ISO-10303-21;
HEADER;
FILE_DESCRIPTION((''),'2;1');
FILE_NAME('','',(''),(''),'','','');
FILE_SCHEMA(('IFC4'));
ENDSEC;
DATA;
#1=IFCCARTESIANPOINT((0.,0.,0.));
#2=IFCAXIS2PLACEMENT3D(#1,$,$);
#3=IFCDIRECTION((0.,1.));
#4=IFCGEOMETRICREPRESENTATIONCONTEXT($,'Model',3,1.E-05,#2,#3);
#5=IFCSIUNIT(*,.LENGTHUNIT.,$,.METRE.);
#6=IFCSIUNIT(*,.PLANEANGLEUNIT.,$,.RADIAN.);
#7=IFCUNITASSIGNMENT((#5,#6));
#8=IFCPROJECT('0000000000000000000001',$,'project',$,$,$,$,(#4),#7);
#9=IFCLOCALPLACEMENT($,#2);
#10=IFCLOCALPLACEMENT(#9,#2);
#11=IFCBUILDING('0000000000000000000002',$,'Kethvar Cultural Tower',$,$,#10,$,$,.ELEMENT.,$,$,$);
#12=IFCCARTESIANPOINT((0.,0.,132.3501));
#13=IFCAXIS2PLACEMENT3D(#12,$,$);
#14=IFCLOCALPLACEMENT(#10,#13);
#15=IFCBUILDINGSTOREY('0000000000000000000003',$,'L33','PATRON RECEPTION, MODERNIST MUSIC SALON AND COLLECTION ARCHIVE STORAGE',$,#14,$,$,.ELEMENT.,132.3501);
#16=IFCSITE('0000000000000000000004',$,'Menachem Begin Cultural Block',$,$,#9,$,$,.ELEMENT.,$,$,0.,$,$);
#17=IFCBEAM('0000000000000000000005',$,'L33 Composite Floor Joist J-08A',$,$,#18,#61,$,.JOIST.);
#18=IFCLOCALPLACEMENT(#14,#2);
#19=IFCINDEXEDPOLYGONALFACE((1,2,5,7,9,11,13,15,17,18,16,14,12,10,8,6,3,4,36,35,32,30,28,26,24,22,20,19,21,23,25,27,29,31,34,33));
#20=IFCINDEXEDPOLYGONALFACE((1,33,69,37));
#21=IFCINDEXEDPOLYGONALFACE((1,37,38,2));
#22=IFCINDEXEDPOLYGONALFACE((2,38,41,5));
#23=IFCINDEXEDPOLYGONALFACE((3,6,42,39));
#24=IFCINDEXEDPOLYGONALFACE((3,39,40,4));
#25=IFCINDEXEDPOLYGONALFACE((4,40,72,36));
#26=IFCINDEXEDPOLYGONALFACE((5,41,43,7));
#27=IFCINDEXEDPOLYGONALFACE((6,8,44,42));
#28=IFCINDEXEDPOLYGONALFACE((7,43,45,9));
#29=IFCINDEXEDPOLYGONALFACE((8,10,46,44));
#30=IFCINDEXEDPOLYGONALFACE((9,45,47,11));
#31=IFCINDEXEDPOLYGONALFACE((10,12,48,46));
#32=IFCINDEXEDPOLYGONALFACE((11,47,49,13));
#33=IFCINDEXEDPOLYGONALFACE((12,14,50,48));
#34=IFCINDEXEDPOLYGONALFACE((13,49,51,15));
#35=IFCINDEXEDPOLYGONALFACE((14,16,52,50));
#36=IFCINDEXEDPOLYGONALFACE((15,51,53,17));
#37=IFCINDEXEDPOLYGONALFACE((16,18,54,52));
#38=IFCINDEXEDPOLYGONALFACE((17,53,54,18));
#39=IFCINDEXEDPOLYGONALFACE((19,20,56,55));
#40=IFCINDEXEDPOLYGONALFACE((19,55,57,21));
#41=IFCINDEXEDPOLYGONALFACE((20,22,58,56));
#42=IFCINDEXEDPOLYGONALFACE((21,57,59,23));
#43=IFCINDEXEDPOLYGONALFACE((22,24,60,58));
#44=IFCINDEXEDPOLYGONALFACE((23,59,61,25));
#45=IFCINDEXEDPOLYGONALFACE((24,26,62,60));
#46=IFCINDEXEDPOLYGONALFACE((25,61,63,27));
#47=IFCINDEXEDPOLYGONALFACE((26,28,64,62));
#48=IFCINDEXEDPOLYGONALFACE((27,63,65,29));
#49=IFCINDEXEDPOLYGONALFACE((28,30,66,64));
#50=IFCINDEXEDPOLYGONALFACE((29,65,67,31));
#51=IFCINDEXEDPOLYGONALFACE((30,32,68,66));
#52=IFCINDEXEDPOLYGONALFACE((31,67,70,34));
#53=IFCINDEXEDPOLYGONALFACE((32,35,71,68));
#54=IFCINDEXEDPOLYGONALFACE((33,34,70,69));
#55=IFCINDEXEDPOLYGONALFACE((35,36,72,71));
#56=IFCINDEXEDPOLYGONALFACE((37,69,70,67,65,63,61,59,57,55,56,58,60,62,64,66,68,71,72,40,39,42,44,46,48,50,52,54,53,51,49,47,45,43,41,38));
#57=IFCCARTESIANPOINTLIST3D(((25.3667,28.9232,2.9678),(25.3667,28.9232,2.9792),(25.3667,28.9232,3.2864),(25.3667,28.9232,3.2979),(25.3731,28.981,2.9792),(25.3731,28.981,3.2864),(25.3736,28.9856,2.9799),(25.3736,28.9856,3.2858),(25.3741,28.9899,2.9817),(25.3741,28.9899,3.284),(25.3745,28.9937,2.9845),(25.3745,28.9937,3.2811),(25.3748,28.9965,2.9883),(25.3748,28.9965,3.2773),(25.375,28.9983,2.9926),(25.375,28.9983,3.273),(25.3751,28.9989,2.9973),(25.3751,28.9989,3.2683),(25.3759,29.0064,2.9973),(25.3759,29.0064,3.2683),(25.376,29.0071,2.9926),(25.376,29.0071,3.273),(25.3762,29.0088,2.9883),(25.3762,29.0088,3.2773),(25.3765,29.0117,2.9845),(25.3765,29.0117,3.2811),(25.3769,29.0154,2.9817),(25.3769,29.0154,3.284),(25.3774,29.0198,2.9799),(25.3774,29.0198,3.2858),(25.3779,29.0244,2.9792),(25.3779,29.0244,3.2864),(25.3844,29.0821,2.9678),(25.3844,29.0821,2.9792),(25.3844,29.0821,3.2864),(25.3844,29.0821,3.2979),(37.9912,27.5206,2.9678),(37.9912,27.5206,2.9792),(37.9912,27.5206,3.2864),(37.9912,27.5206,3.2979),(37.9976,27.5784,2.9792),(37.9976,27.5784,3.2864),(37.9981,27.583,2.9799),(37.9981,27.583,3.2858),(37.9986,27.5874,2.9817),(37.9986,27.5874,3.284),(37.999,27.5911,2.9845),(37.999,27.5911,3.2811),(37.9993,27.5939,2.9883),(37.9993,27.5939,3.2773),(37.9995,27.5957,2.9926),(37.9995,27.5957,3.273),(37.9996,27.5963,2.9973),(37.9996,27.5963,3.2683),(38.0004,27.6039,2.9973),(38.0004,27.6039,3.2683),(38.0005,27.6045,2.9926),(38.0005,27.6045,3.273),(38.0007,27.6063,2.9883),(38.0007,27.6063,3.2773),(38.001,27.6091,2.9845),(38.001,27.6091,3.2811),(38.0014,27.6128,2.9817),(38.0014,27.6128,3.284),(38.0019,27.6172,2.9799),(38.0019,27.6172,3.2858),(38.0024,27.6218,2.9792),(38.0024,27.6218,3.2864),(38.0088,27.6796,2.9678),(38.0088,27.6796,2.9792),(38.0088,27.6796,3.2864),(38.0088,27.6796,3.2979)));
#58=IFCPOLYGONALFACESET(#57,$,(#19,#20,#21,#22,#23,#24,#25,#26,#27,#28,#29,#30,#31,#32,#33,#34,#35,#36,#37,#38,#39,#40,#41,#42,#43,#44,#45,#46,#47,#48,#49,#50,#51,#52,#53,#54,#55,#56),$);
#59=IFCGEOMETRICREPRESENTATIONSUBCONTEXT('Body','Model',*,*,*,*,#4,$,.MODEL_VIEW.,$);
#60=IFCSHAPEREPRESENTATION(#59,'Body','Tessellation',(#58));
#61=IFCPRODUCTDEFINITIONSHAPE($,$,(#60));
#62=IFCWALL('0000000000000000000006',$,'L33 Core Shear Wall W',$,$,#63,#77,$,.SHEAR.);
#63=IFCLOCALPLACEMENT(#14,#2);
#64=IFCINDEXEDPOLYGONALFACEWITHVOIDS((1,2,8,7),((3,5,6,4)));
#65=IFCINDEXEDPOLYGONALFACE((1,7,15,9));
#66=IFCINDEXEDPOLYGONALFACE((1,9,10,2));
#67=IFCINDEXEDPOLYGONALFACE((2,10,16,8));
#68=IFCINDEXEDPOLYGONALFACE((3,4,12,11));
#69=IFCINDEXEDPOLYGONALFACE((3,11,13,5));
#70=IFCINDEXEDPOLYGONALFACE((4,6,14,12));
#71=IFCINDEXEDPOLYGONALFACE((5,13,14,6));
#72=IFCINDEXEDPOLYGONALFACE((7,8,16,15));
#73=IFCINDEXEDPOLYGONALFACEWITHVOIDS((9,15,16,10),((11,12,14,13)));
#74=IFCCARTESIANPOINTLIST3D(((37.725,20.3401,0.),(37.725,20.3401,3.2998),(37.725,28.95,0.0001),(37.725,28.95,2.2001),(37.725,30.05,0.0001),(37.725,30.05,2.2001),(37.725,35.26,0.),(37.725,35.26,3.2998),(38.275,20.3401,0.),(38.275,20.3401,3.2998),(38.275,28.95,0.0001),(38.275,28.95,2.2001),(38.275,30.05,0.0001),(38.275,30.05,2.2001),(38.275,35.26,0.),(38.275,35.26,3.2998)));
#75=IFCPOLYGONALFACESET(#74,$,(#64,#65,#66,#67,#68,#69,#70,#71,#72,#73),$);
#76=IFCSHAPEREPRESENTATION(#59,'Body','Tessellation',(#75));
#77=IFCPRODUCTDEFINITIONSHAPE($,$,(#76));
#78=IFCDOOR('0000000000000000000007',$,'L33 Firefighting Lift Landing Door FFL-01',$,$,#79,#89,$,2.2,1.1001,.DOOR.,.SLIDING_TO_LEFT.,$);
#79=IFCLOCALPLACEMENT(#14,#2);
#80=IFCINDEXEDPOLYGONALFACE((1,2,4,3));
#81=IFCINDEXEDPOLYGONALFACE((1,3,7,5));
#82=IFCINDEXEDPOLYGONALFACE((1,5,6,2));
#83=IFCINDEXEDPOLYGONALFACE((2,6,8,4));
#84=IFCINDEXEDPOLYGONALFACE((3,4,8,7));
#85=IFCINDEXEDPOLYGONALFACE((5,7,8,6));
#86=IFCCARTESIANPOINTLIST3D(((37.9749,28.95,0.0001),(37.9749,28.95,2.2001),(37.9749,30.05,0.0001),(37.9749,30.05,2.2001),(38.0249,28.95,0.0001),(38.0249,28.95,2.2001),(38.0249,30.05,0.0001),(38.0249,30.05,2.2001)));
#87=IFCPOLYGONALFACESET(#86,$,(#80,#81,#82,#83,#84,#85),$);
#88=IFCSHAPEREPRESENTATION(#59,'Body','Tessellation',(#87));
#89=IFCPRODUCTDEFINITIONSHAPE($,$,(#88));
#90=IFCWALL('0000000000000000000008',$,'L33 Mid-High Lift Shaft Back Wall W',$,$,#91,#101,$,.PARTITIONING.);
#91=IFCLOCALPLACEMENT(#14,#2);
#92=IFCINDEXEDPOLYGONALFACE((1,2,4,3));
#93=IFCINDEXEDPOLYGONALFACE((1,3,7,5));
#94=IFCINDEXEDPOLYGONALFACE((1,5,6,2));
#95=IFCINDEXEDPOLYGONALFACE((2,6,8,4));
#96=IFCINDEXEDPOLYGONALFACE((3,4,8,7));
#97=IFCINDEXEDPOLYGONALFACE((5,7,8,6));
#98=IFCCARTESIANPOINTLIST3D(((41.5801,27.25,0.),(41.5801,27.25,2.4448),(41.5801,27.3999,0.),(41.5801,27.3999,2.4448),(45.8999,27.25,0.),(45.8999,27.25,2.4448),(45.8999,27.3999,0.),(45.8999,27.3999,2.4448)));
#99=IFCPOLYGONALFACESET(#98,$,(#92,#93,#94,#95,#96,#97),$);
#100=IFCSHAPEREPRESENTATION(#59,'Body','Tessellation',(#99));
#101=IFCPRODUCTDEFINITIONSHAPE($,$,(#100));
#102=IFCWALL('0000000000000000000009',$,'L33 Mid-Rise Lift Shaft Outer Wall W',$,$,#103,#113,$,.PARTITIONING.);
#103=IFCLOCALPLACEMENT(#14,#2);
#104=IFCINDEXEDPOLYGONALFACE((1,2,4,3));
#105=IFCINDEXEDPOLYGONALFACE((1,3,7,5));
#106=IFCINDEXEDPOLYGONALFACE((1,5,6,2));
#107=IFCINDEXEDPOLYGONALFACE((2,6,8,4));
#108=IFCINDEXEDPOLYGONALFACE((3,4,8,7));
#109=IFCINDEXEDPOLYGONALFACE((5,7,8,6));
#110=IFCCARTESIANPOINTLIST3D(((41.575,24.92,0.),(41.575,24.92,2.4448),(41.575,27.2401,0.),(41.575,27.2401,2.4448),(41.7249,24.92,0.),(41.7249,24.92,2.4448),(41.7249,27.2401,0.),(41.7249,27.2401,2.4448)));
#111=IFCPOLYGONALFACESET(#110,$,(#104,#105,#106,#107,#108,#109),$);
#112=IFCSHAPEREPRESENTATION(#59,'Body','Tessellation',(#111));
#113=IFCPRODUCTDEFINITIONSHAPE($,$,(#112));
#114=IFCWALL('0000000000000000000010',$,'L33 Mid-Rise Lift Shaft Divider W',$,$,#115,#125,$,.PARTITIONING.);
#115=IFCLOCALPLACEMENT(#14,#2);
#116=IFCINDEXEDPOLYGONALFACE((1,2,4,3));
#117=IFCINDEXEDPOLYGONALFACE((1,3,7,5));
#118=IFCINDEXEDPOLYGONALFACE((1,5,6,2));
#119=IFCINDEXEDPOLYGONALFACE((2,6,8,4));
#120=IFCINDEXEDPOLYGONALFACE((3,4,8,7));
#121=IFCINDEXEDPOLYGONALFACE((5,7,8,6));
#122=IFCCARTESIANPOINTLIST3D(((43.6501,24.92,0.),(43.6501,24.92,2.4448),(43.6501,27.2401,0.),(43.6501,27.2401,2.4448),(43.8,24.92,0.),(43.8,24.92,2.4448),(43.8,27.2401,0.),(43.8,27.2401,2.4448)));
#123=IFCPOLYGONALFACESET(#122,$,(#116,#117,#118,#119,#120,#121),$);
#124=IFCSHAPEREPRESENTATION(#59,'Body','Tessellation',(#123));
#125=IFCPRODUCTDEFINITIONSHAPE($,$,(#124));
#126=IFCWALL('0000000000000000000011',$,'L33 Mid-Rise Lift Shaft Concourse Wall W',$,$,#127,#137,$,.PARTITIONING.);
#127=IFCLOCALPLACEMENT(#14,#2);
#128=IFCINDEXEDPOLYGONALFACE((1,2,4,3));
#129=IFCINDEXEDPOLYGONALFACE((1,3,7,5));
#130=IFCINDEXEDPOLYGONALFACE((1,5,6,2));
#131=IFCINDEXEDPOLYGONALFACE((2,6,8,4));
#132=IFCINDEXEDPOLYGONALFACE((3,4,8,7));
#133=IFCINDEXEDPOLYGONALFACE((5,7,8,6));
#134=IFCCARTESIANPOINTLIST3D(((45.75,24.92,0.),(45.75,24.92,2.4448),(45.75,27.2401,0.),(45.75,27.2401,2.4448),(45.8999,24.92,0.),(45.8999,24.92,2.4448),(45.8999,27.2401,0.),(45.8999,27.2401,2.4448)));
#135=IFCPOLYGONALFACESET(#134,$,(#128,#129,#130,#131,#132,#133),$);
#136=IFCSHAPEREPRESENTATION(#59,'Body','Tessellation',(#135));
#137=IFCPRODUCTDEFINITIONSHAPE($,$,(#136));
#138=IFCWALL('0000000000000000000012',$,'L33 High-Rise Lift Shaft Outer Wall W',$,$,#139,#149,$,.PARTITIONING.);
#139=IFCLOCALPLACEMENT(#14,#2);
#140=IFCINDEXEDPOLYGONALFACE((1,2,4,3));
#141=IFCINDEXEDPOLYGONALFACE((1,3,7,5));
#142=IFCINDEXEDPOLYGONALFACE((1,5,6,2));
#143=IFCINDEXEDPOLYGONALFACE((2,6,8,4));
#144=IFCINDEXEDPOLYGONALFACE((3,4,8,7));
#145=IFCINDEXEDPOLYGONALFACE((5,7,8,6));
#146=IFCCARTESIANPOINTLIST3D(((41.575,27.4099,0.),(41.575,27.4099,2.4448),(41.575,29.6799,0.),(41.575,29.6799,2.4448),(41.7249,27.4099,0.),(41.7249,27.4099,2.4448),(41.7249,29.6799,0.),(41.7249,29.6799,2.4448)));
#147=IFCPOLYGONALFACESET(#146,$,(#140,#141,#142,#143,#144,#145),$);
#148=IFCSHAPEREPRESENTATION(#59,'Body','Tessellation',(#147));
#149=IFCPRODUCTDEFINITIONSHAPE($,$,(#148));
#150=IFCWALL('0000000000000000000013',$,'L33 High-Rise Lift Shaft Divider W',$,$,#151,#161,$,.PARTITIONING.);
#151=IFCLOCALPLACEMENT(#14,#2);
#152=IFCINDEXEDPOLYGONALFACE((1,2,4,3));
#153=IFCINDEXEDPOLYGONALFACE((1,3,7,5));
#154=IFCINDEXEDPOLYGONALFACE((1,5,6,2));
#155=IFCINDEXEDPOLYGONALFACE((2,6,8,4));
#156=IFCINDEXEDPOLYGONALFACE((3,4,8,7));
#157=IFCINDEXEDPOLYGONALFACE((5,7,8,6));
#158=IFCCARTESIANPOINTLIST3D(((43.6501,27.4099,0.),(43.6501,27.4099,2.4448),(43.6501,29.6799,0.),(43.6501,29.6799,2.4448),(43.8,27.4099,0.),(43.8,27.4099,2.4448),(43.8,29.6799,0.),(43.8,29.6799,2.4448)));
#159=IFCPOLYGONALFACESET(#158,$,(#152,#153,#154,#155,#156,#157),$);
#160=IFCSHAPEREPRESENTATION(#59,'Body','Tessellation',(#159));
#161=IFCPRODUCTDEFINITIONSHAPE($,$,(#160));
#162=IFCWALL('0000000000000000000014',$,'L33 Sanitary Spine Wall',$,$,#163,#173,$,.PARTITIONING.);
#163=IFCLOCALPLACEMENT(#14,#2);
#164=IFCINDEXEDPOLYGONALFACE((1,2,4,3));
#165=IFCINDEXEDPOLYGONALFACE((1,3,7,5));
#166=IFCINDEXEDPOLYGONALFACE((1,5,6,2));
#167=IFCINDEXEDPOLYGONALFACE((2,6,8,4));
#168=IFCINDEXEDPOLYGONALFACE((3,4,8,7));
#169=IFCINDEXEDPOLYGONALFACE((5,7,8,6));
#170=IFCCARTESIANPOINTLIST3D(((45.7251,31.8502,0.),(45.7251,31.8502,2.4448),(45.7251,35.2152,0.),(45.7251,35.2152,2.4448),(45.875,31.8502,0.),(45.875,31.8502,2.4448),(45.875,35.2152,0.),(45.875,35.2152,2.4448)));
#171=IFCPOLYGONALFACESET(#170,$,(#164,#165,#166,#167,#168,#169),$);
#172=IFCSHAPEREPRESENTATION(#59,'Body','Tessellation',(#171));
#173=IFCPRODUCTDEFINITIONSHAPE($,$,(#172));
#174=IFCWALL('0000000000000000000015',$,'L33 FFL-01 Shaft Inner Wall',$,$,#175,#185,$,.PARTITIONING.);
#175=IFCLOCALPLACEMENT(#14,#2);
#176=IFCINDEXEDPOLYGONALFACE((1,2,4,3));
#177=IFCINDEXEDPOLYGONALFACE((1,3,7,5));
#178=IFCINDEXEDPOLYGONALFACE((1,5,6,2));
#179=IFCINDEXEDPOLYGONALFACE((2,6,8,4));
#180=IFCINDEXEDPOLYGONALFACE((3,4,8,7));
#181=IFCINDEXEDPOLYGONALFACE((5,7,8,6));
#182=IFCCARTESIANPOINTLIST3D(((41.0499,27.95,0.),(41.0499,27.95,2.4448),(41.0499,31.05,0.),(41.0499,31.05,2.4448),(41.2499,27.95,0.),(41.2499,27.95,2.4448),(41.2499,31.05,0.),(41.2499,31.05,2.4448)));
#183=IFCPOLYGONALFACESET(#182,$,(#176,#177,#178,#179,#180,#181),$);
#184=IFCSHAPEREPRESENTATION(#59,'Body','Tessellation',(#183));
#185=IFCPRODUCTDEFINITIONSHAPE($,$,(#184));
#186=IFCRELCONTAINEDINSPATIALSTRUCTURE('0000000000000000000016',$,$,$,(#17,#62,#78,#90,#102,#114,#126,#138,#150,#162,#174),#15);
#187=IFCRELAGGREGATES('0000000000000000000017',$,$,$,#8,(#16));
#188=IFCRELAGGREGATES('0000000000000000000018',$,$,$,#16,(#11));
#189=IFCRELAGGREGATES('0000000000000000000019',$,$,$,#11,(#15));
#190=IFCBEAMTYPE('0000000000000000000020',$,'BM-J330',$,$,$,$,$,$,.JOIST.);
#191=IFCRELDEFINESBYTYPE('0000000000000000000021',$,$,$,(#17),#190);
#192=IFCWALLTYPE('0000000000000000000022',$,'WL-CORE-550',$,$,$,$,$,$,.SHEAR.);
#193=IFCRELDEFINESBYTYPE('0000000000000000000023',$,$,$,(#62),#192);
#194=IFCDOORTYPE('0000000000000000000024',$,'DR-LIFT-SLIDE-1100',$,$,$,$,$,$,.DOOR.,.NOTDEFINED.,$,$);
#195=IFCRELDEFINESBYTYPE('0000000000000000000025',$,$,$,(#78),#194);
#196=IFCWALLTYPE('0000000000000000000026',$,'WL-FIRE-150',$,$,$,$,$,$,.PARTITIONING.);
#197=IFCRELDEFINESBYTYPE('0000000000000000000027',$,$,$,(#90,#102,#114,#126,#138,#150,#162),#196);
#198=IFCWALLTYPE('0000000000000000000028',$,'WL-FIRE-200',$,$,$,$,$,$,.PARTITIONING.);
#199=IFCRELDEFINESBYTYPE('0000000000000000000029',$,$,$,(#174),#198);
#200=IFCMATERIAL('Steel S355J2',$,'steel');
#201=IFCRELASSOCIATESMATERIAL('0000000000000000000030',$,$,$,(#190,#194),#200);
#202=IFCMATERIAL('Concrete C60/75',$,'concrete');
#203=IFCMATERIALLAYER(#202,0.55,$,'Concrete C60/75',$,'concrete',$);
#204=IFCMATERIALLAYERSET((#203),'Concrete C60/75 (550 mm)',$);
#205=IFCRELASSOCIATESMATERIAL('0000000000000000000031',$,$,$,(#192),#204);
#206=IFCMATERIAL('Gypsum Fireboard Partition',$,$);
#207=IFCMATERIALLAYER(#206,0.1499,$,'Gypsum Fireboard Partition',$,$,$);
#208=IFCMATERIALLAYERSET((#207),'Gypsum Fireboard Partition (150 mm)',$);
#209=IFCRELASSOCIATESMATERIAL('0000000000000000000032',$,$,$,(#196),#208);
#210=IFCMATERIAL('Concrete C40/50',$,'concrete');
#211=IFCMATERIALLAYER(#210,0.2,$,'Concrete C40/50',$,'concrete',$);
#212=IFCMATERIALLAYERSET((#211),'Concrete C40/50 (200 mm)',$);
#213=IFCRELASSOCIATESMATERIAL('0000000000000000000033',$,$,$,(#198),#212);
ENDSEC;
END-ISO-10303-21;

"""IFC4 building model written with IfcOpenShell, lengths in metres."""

from ifc_helpers import new_model, si_unit, direction, frame, frame_2d, origin, origin_2d, place, context, subcontext, project, spatial, rectangle, i_section, extrude, source, transform, mapped, material, layer, layer_set, material_profile, profile_set, type_object, element, fill, save


model = new_model("IFC4")

# Units and contexts
model_context = context("Model", 3, precision=1e-05, world=origin(), true_north=direction((0.0, 1.0)))
body_context = subcontext(model_context, "Body", "Model", "MODEL_VIEW")
ifc_project = project(units=[si_unit("LENGTHUNIT", "METRE"), si_unit("PLANEANGLEUNIT", "RADIAN")], contexts=[model_context])

# Site, building, storey
site_placement = place(None, origin())
site = spatial("IfcSite", under=ifc_project, at=site_placement, Name="Menachem Begin Cultural Block", CompositionType="ELEMENT", RefElevation=0.0)
building_placement = place(site_placement, origin())
building = spatial("IfcBuilding", under=site, at=building_placement, Name="Kethvar Cultural Tower", CompositionType="ELEMENT")
storey_placement = place(building_placement, frame((0.0, 0.0, 132.3501)))
storey = spatial("IfcBuildingStorey", under=building, at=storey_placement, Name="L33", Description="PATRON RECEPTION, MODERNIST MUSIC SALON AND COLLECTION ARCHIVE STORAGE", CompositionType="ELEMENT", Elevation=132.3501)

# Beam
ifc_material_1 = material(Name="Steel S355J2", Category="steel")
ifc_material_profile_1 = material_profile(ifc_material_1, i_section(OverallWidth=0.1599, OverallDepth=0.3301, WebThickness=0.0076, FlangeThickness=0.0115, FilletRadius=0.0181, at=origin_2d()), Name="Steel S355J2 — IPE330")
ifc_profile_set_1 = profile_set([ifc_material_profile_1], Name="Steel S355J2 — IPE330")
beam_type_1 = type_object("IfcBeamType", Name="BM-J330", PredefinedType="JOIST", material=ifc_profile_set_1)
shared_shape_1 = source(origin(), body_context, "Body", "SweptSolid", [
    extrude(i_section(OverallWidth=0.1599, OverallDepth=0.3301, WebThickness=0.0076, FlangeThickness=0.0115, FilletRadius=0.0181, at=origin_2d()), origin(), (0.0, 0.0, 1.0), 12.7021),
])
beam_1_placement = place(storey_placement, frame((38.0, 27.6001, 3.1328), z_axis=(-0.993885, 0.110421, 0.0), x_axis=(-0.110421, -0.993885, 0.0)))
element("IfcBeam", 1, at=beam_1_placement, inside=storey, type_object=beam_type_1, Name="L33 Composite Floor Joist J-08A", PredefinedType="JOIST", context=body_context, shape_type="MappedRepresentation", body=[
    mapped(shared_shape_1, transform((0.0, 0.0, 0.0), scale=1.0)),
])

# Wall, opening, door
ifc_material_2 = material(Name="Concrete C60/75", Category="concrete")
ifc_layer_1 = layer(ifc_material_2, 0.55, Name="Concrete C60/75", Category="concrete")
ifc_layer_set_1 = layer_set([ifc_layer_1], Name="Concrete C60/75 (550 mm)")
wall_type_1 = type_object("IfcWallType", Name="WL-CORE-550", PredefinedType="SHEAR", material=ifc_layer_set_1)
wall_1_placement = place(storey_placement, frame((38.0, 35.26, 0.0), z_axis=(0.0, 0.0, 1.0), x_axis=(0.0, -1.0, 0.0)))
wall_1 = element("IfcWall", 2, at=wall_1_placement, inside=storey, type_object=wall_type_1, Name="L33 Core Shear Wall W", PredefinedType="SHEAR", context=body_context, shape_type="SweptSolid", body=[
    extrude(rectangle(XDim=14.9199, YDim=0.55, at=frame_2d((7.46, 0.0))), origin(), (0.0, 0.0, 1.0), 3.2998),
])
opening_1_placement = place(wall_1_placement, frame((5.21, 0.0, 0.0)))
opening_1 = element("IfcOpeningElement", 3, at=opening_1_placement, cuts=wall_1, PredefinedType="OPENING", context=body_context, shape_type="SweptSolid", body=[
    extrude(rectangle(XDim=1.1001, YDim=2.2, at=frame_2d((0.55, 1.1001))), frame((0.0, 0.2849, 0.0), z_axis=(0.0, -1.0, 0.0), x_axis=(1.0, 0.0, 0.0)), (0.0, 0.0, 1.0), 0.5701),
])
door_type = type_object("IfcDoorType", Name="DR-LIFT-SLIDE-1100", OperationType="NOTDEFINED", PredefinedType="DOOR", material=ifc_material_1)
shared_shape_2 = source(origin(), body_context, "Body", "SweptSolid", [
    extrude(rectangle(XDim=1.1001, YDim=2.2, at=frame_2d((0.55, 1.1001))), frame((0.0, 0.0249, 0.0), z_axis=(0.0, -1.0, 0.0), x_axis=(1.0, 0.0, 0.0)), (0.0, 0.0, 1.0), 0.05),
])
door_1_placement = place(opening_1_placement, origin())
door_1 = element("IfcDoor", 4, at=door_1_placement, inside=storey, type_object=door_type, Name="L33 Firefighting Lift Landing Door FFL-01", OperationType="SLIDING_TO_LEFT", OverallHeight=2.2, OverallWidth=1.1001, PredefinedType="DOOR", context=body_context, shape_type="MappedRepresentation", body=[
    mapped(shared_shape_2, transform((0.0, 0.0, 0.0), scale=1.0)),
])
fill(opening_1, door_1)

# Walls
ifc_material_3 = material(Name="Gypsum Fireboard Partition")
ifc_layer_2 = layer(ifc_material_3, 0.1499, Name="Gypsum Fireboard Partition")
ifc_layer_set_2 = layer_set([ifc_layer_2], Name="Gypsum Fireboard Partition (150 mm)")
wall_type_2 = type_object("IfcWallType", Name="WL-FIRE-150", PredefinedType="PARTITIONING", material=ifc_layer_set_2)
wall_2_placement = place(storey_placement, frame((41.5801, 27.325, 0.0), z_axis=(0.0, 0.0, 1.0), x_axis=(1.0, 0.0, 0.0)))
element("IfcWall", 5, at=wall_2_placement, inside=storey, type_object=wall_type_2, Name="L33 Mid-High Lift Shaft Back Wall W", PredefinedType="PARTITIONING", context=body_context, shape_type="SweptSolid", body=[
    extrude(rectangle(XDim=4.3198, YDim=0.1499, at=frame_2d((2.1599, 0.0))), origin(), (0.0, 0.0, 1.0), 2.4448),
])
for number, where, z_axis, x_axis, name in (
    (6, (41.6499, 24.9199, 0.0), (0.0, 0.0, 1.0), (0.0, 1.0, 0.0), "L33 Mid-Rise Lift Shaft Outer Wall W"),
    (7, (43.7251, 24.9199, 0.0), (0.0, 0.0, 1.0), (0.0, 1.0, 0.0), "L33 Mid-Rise Lift Shaft Divider W"),
    (8, (45.825, 24.9199, 0.0), (0.0, 0.0, 1.0), (0.0, 1.0, 0.0), "L33 Mid-Rise Lift Shaft Concourse Wall W"),
):
    element("IfcWall", number, at=place(storey_placement, frame(where, z_axis=z_axis, x_axis=x_axis)), inside=storey, type_object=wall_type_2, Name=name, PredefinedType="PARTITIONING", context=body_context, shape_type="SweptSolid", body=[
        extrude(rectangle(XDim=2.3201, YDim=0.1499, at=frame_2d((1.1602, 0.0))), origin(), (0.0, 0.0, 1.0), 2.4448),
    ])
for number, where, z_axis, x_axis, name in (
    (9, (41.6499, 27.4099, 0.0), (0.0, 0.0, 1.0), (0.0, 1.0, 0.0), "L33 High-Rise Lift Shaft Outer Wall W"),
    (10, (43.7251, 27.4099, 0.0), (0.0, 0.0, 1.0), (0.0, 1.0, 0.0), "L33 High-Rise Lift Shaft Divider W"),
):
    element("IfcWall", number, at=place(storey_placement, frame(where, z_axis=z_axis, x_axis=x_axis)), inside=storey, type_object=wall_type_2, Name=name, PredefinedType="PARTITIONING", context=body_context, shape_type="SweptSolid", body=[
        extrude(rectangle(XDim=2.27, YDim=0.1499, at=frame_2d((1.135, 0.0))), origin(), (0.0, 0.0, 1.0), 2.4448),
    ])
wall_3_placement = place(storey_placement, frame((45.8, 31.8501, 0.0), z_axis=(0.0, 0.0, 1.0), x_axis=(0.0, 1.0, 0.0)))
element("IfcWall", 11, at=wall_3_placement, inside=storey, type_object=wall_type_2, Name="L33 Sanitary Spine Wall", PredefinedType="PARTITIONING", context=body_context, shape_type="SweptSolid", body=[
    extrude(rectangle(XDim=3.365, YDim=0.1499, at=frame_2d((1.6826, 0.0))), origin(), (0.0, 0.0, 1.0), 2.4448),
])
ifc_material_4 = material(Name="Concrete C40/50", Category="concrete")
ifc_layer_3 = layer(ifc_material_4, 0.2, Name="Concrete C40/50", Category="concrete")
ifc_layer_set_3 = layer_set([ifc_layer_3], Name="Concrete C40/50 (200 mm)")
wall_type_3 = type_object("IfcWallType", Name="WL-FIRE-200", PredefinedType="PARTITIONING", material=ifc_layer_set_3)
wall_4_placement = place(storey_placement, frame((41.1499, 27.95, 0.0), z_axis=(0.0, 0.0, 1.0), x_axis=(0.0, 1.0, 0.0)))
element("IfcWall", 12, at=wall_4_placement, inside=storey, type_object=wall_type_3, Name="L33 FFL-01 Shaft Inner Wall", PredefinedType="PARTITIONING", context=body_context, shape_type="SweptSolid", body=[
    extrude(rectangle(XDim=3.1001, YDim=0.2, at=frame_2d((1.55, 0.0))), origin(), (0.0, 0.0, 1.0), 2.4448),
])

save(model, "model.ifc")
